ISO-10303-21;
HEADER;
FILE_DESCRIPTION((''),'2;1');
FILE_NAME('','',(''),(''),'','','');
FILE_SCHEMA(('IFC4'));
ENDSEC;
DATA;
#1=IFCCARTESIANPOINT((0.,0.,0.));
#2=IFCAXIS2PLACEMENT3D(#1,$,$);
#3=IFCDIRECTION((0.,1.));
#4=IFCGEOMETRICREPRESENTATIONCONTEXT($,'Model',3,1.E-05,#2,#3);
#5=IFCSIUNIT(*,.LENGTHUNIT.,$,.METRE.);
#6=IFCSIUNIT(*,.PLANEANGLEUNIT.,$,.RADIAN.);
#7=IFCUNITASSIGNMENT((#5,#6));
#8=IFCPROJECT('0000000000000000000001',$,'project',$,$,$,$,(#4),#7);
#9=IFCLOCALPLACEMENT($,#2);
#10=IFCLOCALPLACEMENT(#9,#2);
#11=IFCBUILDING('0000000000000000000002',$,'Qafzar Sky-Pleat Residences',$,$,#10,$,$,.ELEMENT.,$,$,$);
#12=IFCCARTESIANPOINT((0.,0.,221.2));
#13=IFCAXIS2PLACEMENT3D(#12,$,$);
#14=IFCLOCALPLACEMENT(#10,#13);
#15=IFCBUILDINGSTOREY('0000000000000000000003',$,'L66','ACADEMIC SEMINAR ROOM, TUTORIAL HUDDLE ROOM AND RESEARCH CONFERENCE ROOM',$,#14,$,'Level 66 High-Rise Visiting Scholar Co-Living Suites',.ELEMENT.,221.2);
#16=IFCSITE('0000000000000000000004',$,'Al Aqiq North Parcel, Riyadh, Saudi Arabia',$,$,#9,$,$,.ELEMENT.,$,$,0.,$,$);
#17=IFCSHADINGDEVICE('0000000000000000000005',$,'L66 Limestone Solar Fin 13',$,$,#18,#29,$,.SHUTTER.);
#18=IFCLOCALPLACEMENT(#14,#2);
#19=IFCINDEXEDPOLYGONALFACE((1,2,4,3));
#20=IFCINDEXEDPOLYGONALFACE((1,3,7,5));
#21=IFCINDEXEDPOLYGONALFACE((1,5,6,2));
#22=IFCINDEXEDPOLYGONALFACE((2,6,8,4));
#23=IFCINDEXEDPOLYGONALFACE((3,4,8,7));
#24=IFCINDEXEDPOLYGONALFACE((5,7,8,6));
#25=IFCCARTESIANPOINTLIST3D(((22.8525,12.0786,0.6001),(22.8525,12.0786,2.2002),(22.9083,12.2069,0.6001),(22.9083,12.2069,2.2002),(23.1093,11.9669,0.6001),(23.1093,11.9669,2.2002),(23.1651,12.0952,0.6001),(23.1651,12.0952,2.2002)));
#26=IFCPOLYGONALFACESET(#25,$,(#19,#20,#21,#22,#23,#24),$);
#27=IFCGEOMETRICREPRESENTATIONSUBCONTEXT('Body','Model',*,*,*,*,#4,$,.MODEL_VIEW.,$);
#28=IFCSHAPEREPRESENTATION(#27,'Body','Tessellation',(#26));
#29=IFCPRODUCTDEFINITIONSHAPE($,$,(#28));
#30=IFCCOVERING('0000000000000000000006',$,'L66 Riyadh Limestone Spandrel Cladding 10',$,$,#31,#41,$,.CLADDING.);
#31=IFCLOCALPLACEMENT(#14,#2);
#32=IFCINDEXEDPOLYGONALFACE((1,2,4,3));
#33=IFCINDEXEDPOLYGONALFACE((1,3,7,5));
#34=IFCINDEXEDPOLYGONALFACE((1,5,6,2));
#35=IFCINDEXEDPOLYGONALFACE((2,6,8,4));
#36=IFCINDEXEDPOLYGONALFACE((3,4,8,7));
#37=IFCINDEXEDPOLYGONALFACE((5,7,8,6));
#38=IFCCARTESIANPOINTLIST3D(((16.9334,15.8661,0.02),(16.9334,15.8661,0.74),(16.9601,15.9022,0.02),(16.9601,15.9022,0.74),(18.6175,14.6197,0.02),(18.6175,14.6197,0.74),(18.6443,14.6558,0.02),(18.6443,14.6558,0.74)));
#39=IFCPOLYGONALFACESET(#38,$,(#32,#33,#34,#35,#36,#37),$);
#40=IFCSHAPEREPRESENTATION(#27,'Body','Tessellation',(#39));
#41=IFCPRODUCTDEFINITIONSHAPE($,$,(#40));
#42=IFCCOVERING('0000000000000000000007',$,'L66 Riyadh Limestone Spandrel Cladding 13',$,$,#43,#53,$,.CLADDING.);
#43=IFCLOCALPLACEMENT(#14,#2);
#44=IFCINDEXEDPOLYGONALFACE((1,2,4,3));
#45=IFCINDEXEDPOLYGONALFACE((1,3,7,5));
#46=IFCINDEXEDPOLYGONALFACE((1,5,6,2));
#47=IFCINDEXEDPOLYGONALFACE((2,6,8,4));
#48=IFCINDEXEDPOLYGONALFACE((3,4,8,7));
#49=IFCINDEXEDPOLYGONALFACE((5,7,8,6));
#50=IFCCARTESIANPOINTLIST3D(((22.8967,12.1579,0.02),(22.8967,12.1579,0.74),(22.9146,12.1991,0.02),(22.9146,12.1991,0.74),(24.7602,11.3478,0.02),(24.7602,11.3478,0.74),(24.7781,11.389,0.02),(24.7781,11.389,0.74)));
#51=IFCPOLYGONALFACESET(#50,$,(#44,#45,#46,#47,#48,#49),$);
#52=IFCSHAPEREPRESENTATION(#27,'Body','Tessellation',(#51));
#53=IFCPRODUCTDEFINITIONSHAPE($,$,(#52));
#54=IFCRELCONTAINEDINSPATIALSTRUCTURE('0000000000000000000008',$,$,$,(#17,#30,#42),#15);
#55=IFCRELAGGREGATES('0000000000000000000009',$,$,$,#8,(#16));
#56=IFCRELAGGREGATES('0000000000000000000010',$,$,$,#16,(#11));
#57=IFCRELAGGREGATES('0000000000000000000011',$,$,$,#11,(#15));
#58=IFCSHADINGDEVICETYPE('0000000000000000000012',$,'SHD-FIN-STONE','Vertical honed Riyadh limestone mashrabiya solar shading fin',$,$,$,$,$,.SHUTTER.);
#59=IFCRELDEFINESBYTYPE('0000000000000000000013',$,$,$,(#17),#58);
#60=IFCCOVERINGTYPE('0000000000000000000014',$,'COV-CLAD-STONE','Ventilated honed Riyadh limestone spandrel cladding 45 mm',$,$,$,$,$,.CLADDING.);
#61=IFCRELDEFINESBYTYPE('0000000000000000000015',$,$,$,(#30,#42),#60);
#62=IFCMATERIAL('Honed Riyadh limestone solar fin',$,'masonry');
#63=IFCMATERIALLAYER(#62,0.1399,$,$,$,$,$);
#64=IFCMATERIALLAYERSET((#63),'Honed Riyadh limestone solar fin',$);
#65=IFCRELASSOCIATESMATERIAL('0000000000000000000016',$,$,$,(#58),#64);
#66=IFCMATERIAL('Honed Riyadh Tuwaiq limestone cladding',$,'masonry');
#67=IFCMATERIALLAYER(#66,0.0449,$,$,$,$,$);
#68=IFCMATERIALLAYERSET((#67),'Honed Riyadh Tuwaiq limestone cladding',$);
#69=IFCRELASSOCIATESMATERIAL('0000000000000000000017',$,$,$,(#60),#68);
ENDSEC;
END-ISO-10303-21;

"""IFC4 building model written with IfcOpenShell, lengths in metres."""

from ifc_helpers import new_model, si_unit, direction, frame, origin, origin_2d, place, context, subcontext, project, spatial, rectangle, extrude, source, transform, mapped, material, layer, layer_set, type_object, element, save


model = new_model("IFC4")

# Units and contexts
model_context = context("Model", 3, precision=1e-05, world=origin(), true_north=direction((0.0, 1.0)))
body_context = subcontext(model_context, "Body", "Model", "MODEL_VIEW")
ifc_project = project(units=[si_unit("LENGTHUNIT", "METRE"), si_unit("PLANEANGLEUNIT", "RADIAN")], contexts=[model_context])

# Site, building, storey
site_placement = place(None, origin())
site = spatial("IfcSite", under=ifc_project, at=site_placement, Name="Al Aqiq North Parcel, Riyadh, Saudi Arabia", CompositionType="ELEMENT", RefElevation=0.0)
building_placement = place(site_placement, origin())
building = spatial("IfcBuilding", under=site, at=building_placement, Name="Qafzar Sky-Pleat Residences", CompositionType="ELEMENT")
storey_placement = place(building_placement, frame((0.0, 0.0, 221.2)))
storey = spatial("IfcBuildingStorey", under=building, at=storey_placement, Name="L66", Description="ACADEMIC SEMINAR ROOM, TUTORIAL HUDDLE ROOM AND RESEARCH CONFERENCE ROOM", LongName="Level 66 High-Rise Visiting Scholar Co-Living Suites", CompositionType="ELEMENT", Elevation=221.2)

# Shading device
ifc_material_1 = material(Name="Honed Riyadh limestone solar fin", Category="masonry")
ifc_layer_1 = layer(ifc_material_1, 0.1399)
ifc_layer_set_1 = layer_set([ifc_layer_1], Name="Honed Riyadh limestone solar fin")
shading_device_type = type_object("IfcShadingDeviceType", Name="SHD-FIN-STONE", Description="Vertical honed Riyadh limestone mashrabiya solar shading fin", PredefinedType="SHUTTER", material=ifc_layer_set_1)
shared_shape_1 = source(origin(), body_context, "Body", "SweptSolid", [
    extrude(rectangle(XDim=0.1399, YDim=0.28, at=origin_2d()), origin(), (0.0, 0.0, 1.0), 1.6001),
])
shading_device_placement = place(storey_placement, frame((23.0088, 12.0869, 0.6001), z_axis=(0.0, 0.0, 1.0), x_axis=(-0.398726, -0.91707, 0.0)))
element("IfcShadingDevice", 1, at=shading_device_placement, inside=storey, type_object=shading_device_type, Name="L66 Limestone Solar Fin 13", PredefinedType="SHUTTER", context=body_context, shape_type="MappedRepresentation", body=[
    mapped(shared_shape_1, transform((0.0, 0.0, 0.0), x_axis=(1.0, 0.0, 0.0), y_axis=(0.0, 1.0, 0.0), z_axis=(0.0, 0.0, 1.0), scale=1.0)),
])

# Coverings
ifc_material_2 = material(Name="Honed Riyadh Tuwaiq limestone cladding", Category="masonry")
ifc_layer_2 = layer(ifc_material_2, 0.0449)
ifc_layer_set_2 = layer_set([ifc_layer_2], Name="Honed Riyadh Tuwaiq limestone cladding")
covering_type_1 = type_object("IfcCoveringType", Name="COV-CLAD-STONE", Description="Ventilated honed Riyadh limestone spandrel cladding 45 mm", PredefinedType="CLADDING", material=ifc_layer_set_2)
shared_shape_2 = source(origin(), body_context, "Body", "SweptSolid", [
    extrude(rectangle(XDim=2.0952, YDim=0.0449, at=origin_2d()), origin(), (0.0, 0.0, 1.0), 0.72),
])
covering_1_placement = place(storey_placement, frame((17.7888, 15.261, 0.02), z_axis=(0.0, 0.0, 1.0), x_axis=(0.803819, -0.594874, 0.0)))
element("IfcCovering", 2, at=covering_1_placement, inside=storey, type_object=covering_type_1, Name="L66 Riyadh Limestone Spandrel Cladding 10", PredefinedType="CLADDING", context=body_context, shape_type="MappedRepresentation", body=[
    mapped(shared_shape_2, transform((0.0, 0.0, 0.0), x_axis=(1.0, 0.0, 0.0), y_axis=(0.0, 1.0, 0.0), z_axis=(0.0, 0.0, 1.0), scale=1.0)),
])
shared_shape_3 = source(origin(), body_context, "Body", "SweptSolid", [
    extrude(rectangle(XDim=2.032, YDim=0.0449, at=origin_2d()), origin(), (0.0, 0.0, 1.0), 0.72),
])
covering_2_placement = place(storey_placement, frame((23.8374, 11.7734, 0.02), z_axis=(0.0, 0.0, 1.0), x_axis=(0.91708, -0.398703, 0.0)))
element("IfcCovering", 3, at=covering_2_placement, inside=storey, type_object=covering_type_1, Name="L66 Riyadh Limestone Spandrel Cladding 13", PredefinedType="CLADDING", context=body_context, shape_type="MappedRepresentation", body=[
    mapped(shared_shape_3, transform((0.0, 0.0, 0.0), x_axis=(1.0, 0.0, 0.0), y_axis=(0.0, 1.0, 0.0), z_axis=(0.0, 0.0, 1.0), scale=1.0)),
])

save(model, "model.ifc")
